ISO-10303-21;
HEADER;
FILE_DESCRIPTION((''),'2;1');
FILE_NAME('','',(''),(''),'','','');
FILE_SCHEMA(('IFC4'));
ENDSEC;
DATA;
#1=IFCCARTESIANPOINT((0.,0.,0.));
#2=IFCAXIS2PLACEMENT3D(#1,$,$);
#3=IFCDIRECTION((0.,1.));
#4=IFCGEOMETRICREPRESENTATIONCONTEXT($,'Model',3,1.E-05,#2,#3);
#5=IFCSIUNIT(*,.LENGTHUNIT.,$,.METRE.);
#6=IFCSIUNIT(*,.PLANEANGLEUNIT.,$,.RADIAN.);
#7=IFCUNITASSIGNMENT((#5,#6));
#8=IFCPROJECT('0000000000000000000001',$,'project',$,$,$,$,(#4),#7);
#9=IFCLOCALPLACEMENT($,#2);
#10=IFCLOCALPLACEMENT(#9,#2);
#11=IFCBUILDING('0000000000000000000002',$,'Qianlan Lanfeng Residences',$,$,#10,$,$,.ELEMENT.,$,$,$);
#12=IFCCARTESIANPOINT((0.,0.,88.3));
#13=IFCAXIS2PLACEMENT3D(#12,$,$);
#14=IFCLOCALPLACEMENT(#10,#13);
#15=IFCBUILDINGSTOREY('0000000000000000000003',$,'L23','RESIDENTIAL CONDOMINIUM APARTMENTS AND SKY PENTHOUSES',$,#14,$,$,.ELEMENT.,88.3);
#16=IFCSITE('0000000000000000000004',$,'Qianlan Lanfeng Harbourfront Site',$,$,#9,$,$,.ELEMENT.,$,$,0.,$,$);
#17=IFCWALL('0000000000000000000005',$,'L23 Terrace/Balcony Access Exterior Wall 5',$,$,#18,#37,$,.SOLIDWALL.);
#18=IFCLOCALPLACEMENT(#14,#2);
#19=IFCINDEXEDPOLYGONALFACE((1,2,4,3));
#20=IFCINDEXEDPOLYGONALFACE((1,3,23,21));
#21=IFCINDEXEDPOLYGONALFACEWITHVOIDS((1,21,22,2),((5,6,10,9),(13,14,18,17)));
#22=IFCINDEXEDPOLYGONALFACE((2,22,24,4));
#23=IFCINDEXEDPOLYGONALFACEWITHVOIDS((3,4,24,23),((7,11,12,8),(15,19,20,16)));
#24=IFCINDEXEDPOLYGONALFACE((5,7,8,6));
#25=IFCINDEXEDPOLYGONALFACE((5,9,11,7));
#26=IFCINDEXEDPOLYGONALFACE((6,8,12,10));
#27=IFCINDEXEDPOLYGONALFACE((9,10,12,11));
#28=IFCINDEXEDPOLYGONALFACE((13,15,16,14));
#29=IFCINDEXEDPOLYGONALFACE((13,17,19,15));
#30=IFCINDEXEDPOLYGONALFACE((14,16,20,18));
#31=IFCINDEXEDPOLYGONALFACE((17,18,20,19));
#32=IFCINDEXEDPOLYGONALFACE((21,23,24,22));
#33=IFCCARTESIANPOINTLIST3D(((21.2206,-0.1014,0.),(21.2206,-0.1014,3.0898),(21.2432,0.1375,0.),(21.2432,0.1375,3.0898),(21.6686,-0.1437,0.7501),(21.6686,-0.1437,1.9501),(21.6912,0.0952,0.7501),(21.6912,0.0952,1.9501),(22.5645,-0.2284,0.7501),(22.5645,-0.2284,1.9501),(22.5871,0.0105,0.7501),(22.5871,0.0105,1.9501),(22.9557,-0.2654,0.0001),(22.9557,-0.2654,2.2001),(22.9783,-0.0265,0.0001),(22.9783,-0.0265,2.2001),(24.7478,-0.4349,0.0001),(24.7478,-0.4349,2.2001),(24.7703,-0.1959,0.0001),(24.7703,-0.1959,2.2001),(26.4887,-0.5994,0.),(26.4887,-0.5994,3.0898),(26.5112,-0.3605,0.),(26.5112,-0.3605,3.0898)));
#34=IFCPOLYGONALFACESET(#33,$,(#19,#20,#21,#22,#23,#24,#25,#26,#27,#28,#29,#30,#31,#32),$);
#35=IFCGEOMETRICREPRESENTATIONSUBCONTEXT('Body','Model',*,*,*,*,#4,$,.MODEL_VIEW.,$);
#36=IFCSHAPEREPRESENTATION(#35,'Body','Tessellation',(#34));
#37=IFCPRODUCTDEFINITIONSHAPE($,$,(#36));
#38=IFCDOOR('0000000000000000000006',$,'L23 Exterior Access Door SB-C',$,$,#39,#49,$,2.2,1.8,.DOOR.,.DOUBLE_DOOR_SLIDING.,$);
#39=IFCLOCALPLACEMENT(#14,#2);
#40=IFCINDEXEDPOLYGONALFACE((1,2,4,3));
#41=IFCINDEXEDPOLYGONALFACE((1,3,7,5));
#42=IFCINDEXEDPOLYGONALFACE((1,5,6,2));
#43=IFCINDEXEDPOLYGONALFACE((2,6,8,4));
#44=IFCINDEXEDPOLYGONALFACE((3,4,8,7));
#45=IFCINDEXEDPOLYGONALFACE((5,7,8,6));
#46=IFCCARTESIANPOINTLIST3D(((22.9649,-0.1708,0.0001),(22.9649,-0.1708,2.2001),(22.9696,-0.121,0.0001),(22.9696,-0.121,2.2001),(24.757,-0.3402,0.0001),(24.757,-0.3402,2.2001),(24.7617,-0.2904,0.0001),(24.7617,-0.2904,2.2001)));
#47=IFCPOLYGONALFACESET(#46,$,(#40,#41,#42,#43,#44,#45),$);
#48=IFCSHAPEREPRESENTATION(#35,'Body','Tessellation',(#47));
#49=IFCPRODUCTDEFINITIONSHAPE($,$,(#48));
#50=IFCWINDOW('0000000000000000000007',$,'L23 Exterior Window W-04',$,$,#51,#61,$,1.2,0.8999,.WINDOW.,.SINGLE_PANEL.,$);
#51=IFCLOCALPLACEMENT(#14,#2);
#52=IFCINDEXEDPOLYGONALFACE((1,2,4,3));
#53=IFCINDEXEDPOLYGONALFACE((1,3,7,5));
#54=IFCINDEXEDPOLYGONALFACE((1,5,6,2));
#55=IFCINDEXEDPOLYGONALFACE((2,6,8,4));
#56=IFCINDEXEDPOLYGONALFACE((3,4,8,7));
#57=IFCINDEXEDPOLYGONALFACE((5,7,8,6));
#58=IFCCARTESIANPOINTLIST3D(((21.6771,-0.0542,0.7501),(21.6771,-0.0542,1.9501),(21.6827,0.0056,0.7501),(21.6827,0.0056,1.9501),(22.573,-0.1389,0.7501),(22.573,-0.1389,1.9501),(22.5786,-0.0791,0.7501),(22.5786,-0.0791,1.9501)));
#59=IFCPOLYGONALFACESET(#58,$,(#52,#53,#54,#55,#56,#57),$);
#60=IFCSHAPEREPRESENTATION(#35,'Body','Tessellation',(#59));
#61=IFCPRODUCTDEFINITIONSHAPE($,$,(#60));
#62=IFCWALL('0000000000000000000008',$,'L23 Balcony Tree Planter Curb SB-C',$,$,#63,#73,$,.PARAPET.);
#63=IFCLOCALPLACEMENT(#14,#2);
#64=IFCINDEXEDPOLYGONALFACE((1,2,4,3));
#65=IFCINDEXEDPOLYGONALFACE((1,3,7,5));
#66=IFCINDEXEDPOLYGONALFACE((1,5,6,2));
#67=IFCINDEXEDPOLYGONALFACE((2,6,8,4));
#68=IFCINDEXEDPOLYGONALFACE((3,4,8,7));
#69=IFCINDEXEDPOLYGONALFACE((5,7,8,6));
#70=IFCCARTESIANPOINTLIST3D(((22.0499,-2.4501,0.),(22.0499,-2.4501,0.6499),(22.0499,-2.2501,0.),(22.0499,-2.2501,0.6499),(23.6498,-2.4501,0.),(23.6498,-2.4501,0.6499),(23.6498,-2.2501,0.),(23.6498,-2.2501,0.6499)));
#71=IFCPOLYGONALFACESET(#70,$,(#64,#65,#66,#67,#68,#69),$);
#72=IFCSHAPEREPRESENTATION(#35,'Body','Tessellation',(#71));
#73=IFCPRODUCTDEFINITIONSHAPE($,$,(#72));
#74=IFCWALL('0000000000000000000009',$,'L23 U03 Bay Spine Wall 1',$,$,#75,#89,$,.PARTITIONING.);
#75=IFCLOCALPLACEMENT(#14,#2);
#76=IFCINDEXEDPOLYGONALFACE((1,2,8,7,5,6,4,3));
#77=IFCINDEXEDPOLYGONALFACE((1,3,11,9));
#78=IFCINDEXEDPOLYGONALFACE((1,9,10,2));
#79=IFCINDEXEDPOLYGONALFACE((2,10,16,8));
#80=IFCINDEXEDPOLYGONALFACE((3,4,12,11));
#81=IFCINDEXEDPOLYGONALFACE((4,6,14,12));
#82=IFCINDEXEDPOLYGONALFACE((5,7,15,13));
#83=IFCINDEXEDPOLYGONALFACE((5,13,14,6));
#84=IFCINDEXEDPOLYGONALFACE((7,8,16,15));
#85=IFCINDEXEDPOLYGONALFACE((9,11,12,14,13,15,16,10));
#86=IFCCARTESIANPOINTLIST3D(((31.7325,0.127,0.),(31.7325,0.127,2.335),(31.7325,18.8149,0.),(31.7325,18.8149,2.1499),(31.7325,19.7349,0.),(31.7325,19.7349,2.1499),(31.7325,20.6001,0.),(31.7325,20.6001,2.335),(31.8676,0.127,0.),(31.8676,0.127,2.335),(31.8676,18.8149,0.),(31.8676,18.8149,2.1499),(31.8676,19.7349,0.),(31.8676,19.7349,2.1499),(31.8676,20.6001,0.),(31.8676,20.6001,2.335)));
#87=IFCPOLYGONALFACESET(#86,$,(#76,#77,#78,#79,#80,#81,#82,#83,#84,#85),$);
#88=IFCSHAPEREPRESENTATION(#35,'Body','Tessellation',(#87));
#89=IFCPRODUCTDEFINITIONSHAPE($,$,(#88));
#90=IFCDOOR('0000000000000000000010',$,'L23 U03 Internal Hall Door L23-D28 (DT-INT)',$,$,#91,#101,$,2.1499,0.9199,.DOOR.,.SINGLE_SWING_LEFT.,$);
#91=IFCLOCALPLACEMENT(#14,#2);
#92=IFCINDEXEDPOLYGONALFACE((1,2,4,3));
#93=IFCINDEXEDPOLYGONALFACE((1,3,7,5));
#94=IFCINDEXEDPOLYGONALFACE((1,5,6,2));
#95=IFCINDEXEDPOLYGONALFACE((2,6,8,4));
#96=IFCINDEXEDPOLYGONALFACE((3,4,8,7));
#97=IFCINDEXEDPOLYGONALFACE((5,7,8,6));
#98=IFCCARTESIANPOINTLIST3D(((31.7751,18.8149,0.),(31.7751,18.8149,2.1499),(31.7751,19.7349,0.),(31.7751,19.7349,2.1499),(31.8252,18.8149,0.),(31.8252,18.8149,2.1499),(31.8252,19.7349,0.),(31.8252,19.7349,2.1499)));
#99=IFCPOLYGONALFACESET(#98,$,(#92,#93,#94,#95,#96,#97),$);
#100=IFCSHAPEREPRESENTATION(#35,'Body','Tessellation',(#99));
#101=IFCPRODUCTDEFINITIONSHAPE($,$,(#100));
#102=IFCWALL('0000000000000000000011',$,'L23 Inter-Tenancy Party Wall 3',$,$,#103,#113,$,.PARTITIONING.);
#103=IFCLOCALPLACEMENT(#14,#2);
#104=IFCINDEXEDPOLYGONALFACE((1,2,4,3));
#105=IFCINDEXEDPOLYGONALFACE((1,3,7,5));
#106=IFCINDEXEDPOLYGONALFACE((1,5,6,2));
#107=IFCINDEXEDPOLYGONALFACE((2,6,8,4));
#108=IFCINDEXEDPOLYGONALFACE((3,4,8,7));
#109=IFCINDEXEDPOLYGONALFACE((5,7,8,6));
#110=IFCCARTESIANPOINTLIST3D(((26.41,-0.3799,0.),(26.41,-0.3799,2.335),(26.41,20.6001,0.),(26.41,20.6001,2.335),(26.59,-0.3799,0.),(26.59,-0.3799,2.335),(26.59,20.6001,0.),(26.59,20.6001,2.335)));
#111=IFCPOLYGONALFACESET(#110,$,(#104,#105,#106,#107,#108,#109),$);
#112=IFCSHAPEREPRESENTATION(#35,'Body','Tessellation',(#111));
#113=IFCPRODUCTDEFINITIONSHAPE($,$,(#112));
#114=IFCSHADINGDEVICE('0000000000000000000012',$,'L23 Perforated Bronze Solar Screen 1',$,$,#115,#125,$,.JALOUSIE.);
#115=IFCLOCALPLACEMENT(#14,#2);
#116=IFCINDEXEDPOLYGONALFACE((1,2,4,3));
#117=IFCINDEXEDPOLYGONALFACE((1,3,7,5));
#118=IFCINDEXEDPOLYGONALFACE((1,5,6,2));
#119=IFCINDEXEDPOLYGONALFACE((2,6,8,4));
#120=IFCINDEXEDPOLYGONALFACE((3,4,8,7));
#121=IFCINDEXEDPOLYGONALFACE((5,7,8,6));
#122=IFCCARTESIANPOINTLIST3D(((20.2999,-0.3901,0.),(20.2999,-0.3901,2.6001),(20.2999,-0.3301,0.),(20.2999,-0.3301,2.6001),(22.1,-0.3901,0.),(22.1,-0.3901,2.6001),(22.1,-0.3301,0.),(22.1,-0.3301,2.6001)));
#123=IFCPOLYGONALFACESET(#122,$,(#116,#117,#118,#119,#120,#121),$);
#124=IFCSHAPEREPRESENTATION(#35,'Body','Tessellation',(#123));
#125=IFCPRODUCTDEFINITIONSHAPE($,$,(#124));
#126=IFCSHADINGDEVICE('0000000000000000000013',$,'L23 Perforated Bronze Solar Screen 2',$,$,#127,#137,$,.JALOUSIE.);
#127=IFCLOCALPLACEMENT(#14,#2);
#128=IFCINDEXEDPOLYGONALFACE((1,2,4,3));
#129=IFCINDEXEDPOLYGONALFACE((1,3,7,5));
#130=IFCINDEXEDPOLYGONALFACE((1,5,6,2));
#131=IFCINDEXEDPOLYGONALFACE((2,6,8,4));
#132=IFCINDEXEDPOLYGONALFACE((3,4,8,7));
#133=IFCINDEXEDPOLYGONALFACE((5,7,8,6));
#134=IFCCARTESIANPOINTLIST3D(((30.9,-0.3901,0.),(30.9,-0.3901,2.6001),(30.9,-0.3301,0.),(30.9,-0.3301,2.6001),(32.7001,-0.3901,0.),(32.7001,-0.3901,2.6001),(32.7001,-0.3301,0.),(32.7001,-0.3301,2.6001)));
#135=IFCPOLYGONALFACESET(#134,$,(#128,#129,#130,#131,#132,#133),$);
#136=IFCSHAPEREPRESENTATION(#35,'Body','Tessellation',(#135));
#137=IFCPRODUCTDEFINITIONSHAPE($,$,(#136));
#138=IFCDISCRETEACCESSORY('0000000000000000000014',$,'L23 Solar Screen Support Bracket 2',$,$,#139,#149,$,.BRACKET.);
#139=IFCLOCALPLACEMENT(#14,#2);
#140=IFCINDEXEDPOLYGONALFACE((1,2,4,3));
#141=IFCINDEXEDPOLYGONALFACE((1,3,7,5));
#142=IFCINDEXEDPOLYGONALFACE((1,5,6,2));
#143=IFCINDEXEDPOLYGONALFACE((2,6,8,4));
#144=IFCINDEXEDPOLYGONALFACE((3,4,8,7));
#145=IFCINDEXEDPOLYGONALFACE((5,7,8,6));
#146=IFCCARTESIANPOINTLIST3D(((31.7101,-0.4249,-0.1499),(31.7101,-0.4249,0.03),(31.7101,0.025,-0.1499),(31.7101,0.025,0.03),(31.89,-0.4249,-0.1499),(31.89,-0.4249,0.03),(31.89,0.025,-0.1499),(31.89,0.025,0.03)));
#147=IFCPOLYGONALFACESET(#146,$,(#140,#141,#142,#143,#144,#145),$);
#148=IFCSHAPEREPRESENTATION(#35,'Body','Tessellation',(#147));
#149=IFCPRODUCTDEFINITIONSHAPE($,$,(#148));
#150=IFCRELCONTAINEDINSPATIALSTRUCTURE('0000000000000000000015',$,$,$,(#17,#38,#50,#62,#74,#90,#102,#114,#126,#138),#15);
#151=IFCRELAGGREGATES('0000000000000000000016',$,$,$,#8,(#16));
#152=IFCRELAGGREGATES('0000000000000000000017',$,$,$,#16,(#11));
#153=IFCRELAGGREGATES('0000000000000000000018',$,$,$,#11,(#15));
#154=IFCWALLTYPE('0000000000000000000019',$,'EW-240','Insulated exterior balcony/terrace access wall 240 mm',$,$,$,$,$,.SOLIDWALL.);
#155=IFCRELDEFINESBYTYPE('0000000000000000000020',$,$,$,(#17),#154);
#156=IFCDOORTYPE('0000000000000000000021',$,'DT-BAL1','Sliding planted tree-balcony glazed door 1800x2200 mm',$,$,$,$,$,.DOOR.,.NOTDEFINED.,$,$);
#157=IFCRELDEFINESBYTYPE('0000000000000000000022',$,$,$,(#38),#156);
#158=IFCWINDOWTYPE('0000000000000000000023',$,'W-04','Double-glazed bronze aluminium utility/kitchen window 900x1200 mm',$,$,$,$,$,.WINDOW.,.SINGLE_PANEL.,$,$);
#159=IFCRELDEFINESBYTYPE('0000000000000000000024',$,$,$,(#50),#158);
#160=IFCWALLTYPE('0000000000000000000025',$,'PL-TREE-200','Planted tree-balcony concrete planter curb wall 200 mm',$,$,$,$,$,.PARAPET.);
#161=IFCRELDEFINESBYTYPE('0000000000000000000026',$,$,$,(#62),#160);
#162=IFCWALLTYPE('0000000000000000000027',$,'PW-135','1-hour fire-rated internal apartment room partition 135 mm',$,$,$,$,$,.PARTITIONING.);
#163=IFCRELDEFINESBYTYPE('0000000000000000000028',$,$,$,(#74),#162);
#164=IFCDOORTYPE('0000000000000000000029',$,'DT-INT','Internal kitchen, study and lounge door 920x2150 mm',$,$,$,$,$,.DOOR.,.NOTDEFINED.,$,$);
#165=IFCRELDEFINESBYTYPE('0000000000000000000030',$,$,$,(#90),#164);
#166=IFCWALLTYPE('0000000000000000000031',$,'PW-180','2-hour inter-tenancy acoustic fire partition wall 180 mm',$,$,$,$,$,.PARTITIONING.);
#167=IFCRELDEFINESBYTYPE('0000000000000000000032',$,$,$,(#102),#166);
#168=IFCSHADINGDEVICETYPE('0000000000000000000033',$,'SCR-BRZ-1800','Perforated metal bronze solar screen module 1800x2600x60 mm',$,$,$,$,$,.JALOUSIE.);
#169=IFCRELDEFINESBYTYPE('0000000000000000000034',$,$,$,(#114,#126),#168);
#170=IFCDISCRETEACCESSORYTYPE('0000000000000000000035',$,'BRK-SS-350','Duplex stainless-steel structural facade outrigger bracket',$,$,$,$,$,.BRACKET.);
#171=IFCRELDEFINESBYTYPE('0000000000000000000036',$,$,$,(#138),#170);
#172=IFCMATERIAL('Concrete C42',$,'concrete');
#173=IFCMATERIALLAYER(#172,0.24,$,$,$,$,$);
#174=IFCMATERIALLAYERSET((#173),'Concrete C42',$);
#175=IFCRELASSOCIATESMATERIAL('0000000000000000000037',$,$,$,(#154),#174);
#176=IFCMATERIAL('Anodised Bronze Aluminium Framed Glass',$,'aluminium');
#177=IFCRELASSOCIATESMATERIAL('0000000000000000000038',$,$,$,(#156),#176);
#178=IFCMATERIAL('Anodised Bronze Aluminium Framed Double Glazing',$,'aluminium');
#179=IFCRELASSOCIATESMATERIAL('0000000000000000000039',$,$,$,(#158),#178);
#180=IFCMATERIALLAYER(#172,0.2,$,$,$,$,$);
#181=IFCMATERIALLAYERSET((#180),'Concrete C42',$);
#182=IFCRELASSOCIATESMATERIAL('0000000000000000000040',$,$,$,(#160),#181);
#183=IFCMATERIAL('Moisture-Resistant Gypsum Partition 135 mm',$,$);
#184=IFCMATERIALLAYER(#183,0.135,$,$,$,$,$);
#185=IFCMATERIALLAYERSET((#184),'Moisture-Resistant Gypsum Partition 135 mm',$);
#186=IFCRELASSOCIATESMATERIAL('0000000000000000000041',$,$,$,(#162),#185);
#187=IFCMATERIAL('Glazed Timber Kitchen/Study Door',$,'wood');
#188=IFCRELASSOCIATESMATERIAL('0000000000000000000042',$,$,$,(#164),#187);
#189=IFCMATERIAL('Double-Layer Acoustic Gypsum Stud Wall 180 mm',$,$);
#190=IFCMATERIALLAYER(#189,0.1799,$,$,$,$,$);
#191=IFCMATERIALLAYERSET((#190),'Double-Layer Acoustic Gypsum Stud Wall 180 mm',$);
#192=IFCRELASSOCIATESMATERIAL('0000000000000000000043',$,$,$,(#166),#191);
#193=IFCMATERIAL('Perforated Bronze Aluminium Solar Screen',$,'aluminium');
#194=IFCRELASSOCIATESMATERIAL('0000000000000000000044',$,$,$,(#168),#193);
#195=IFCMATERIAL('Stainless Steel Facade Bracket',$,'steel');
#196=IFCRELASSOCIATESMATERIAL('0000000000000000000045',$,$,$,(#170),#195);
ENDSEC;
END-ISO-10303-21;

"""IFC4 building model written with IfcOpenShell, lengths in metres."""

from ifc_helpers import new_model, si_unit, direction, frame, frame_2d, origin, origin_2d, place, context, subcontext, project, spatial, rectangle, extrude, source, transform, mapped, material, layer, layer_set, type_object, element, fill, save


model = new_model("IFC4")

# Units and contexts
model_context = context("Model", 3, precision=1e-05, world=origin(), true_north=direction((0.0, 1.0)))
body_context = subcontext(model_context, "Body", "Model", "MODEL_VIEW")
ifc_project = project(units=[si_unit("LENGTHUNIT", "METRE"), si_unit("PLANEANGLEUNIT", "RADIAN")], contexts=[model_context])

# Site, building, storey
site_placement = place(None, origin())
site = spatial("IfcSite", under=ifc_project, at=site_placement, Name="Qianlan Lanfeng Harbourfront Site", CompositionType="ELEMENT", RefElevation=0.0)
building_placement = place(site_placement, origin())
building = spatial("IfcBuilding", under=site, at=building_placement, Name="Qianlan Lanfeng Residences", CompositionType="ELEMENT")
storey_placement = place(building_placement, frame((0.0, 0.0, 88.3)))
storey = spatial("IfcBuildingStorey", under=building, at=storey_placement, Name="L23", Description="RESIDENTIAL CONDOMINIUM APARTMENTS AND SKY PENTHOUSES", CompositionType="ELEMENT", Elevation=88.3)

# Wall, openings, door, window
ifc_material_1 = material(Name="Concrete C42", Category="concrete")
ifc_layer_1 = layer(ifc_material_1, 0.24)
ifc_layer_set_1 = layer_set([ifc_layer_1], Name="Concrete C42")
wall_type_1 = type_object("IfcWallType", Name="EW-240", Description="Insulated exterior balcony/terrace access wall 240 mm", PredefinedType="SOLIDWALL", material=ifc_layer_set_1)
wall_1_placement = place(storey_placement, frame((21.2319, 0.0181, 0.0), z_axis=(0.0, 0.0, 1.0), x_axis=(0.995561, -0.094121, 0.0)))
wall_1 = element("IfcWall", 1, at=wall_1_placement, inside=storey, type_object=wall_type_1, Name="L23 Terrace/Balcony Access Exterior Wall 5", PredefinedType="SOLIDWALL", context=body_context, shape_type="SweptSolid", body=[
    extrude(rectangle(XDim=5.2915, YDim=0.24, at=frame_2d((2.6458, 0.0))), origin(), (0.0, 0.0, 1.0), 3.0898),
])
opening_1_placement = place(wall_1_placement, frame((1.7429, 0.0, 0.0)))
opening_1 = element("IfcOpeningElement", 2, at=opening_1_placement, cuts=wall_1, PredefinedType="OPENING", context=body_context, shape_type="SweptSolid", body=[
    extrude(rectangle(XDim=1.8, YDim=2.2, at=frame_2d((0.8999, 1.1001))), frame((0.0, 0.1299, 0.0), z_axis=(0.0, -1.0, 0.0), x_axis=(1.0, 0.0, 0.0)), (0.0, 0.0, 1.0), 0.26),
])
opening_2_placement = place(wall_1_placement, frame((0.45, 0.0, 0.75)))
opening_2 = element("IfcOpeningElement", 3, at=opening_2_placement, cuts=wall_1, PredefinedType="OPENING", context=body_context, shape_type="SweptSolid", body=[
    extrude(rectangle(XDim=0.8999, YDim=1.2, at=frame_2d((0.45, 0.6001))), frame((0.0, 0.1299, 0.0), z_axis=(0.0, -1.0, 0.0), x_axis=(1.0, 0.0, 0.0)), (0.0, 0.0, 1.0), 0.26),
])
ifc_material_2 = material(Name="Anodised Bronze Aluminium Framed Glass", Category="aluminium")
door_type_1 = type_object("IfcDoorType", Name="DT-BAL1", Description="Sliding planted tree-balcony glazed door 1800x2200 mm", OperationType="NOTDEFINED", PredefinedType="DOOR", material=ifc_material_2)
door_1_placement = place(opening_1_placement, frame((1.8, 0.0, 0.0), z_axis=(0.0, 0.0, 1.0), x_axis=(-1.0, 0.0, 0.0)))
door_1 = element("IfcDoor", 4, at=door_1_placement, inside=storey, type_object=door_type_1, Name="L23 Exterior Access Door SB-C", OperationType="DOUBLE_DOOR_SLIDING", OverallHeight=2.2, OverallWidth=1.8, PredefinedType="DOOR", context=body_context, shape_type="SweptSolid", body=[
    extrude(rectangle(XDim=1.8, YDim=2.2, at=frame_2d((0.8999, 1.1001))), frame((0.0, 0.0249, 0.0), z_axis=(0.0, -1.0, 0.0), x_axis=(1.0, 0.0, 0.0)), (0.0, 0.0, 1.0), 0.05),
])
fill(opening_1, door_1)
ifc_material_3 = material(Name="Anodised Bronze Aluminium Framed Double Glazing", Category="aluminium")
window_type = type_object("IfcWindowType", Name="W-04", Description="Double-glazed bronze aluminium utility/kitchen window 900x1200 mm", PartitioningType="SINGLE_PANEL", PredefinedType="WINDOW", material=ifc_material_3)
window_placement = place(opening_2_placement, origin())
window = element("IfcWindow", 5, at=window_placement, inside=storey, type_object=window_type, Name="L23 Exterior Window W-04", OverallHeight=1.2, OverallWidth=0.8999, PartitioningType="SINGLE_PANEL", PredefinedType="WINDOW", context=body_context, shape_type="SweptSolid", body=[
    extrude(rectangle(XDim=0.8999, YDim=1.2, at=frame_2d((0.45, 0.6001))), frame((0.0, 0.03, 0.0), z_axis=(0.0, -1.0, 0.0), x_axis=(1.0, 0.0, 0.0)), (0.0, 0.0, 1.0), 0.0601),
])
fill(opening_2, window)

# Wall
ifc_layer_2 = layer(ifc_material_1, 0.2)
ifc_layer_set_2 = layer_set([ifc_layer_2], Name="Concrete C42")
wall_type_2 = type_object("IfcWallType", Name="PL-TREE-200", Description="Planted tree-balcony concrete planter curb wall 200 mm", PredefinedType="PARAPET", material=ifc_layer_set_2)
wall_2_placement = place(storey_placement, frame((22.05, -2.3501, 0.0), z_axis=(0.0, 0.0, 1.0), x_axis=(1.0, 0.0, 0.0)))
element("IfcWall", 6, at=wall_2_placement, inside=storey, type_object=wall_type_2, Name="L23 Balcony Tree Planter Curb SB-C", PredefinedType="PARAPET", context=body_context, shape_type="SweptSolid", body=[
    extrude(rectangle(XDim=1.5999, YDim=0.2, at=frame_2d((0.7998, 0.0))), origin(), (0.0, 0.0, 1.0), 0.6499),
])

# Wall, opening, door
ifc_material_4 = material(Name="Moisture-Resistant Gypsum Partition 135 mm")
ifc_layer_3 = layer(ifc_material_4, 0.135)
ifc_layer_set_3 = layer_set([ifc_layer_3], Name="Moisture-Resistant Gypsum Partition 135 mm")
wall_type_3 = type_object("IfcWallType", Name="PW-135", Description="1-hour fire-rated internal apartment room partition 135 mm", PredefinedType="PARTITIONING", material=ifc_layer_set_3)
wall_3_placement = place(storey_placement, frame((31.8, 0.127, 0.0), z_axis=(0.0, 0.0, 1.0), x_axis=(0.0, 1.0, 0.0)))
wall_3 = element("IfcWall", 7, at=wall_3_placement, inside=storey, type_object=wall_type_3, Name="L23 U03 Bay Spine Wall 1", PredefinedType="PARTITIONING", context=body_context, shape_type="SweptSolid", body=[
    extrude(rectangle(XDim=20.4731, YDim=0.135, at=frame_2d((10.2366, 0.0))), origin(), (0.0, 0.0, 1.0), 2.335),
])
opening_3_placement = place(wall_3_placement, frame((18.688, 0.0, 0.0)))
opening_3 = element("IfcOpeningElement", 8, at=opening_3_placement, cuts=wall_3, PredefinedType="OPENING", context=body_context, shape_type="SweptSolid", body=[
    extrude(rectangle(XDim=0.9199, YDim=2.1499, at=frame_2d((0.46, 1.075))), frame((0.0, 0.0776, 0.0), z_axis=(0.0, -1.0, 0.0), x_axis=(1.0, 0.0, 0.0)), (0.0, 0.0, 1.0), 0.155),
])
ifc_material_5 = material(Name="Glazed Timber Kitchen/Study Door", Category="wood")
door_type_2 = type_object("IfcDoorType", Name="DT-INT", Description="Internal kitchen, study and lounge door 920x2150 mm", OperationType="NOTDEFINED", PredefinedType="DOOR", material=ifc_material_5)
door_2_placement = place(opening_3_placement, origin())
door_2 = element("IfcDoor", 9, at=door_2_placement, inside=storey, type_object=door_type_2, Name="L23 U03 Internal Hall Door L23-D28 (DT-INT)", OperationType="SINGLE_SWING_LEFT", OverallHeight=2.1499, OverallWidth=0.9199, PredefinedType="DOOR", context=body_context, shape_type="SweptSolid", body=[
    extrude(rectangle(XDim=0.9199, YDim=2.1499, at=frame_2d((0.46, 1.075))), frame((0.0, 0.0249, 0.0), z_axis=(0.0, -1.0, 0.0), x_axis=(1.0, 0.0, 0.0)), (0.0, 0.0, 1.0), 0.05),
])
fill(opening_3, door_2)

# Wall
ifc_material_6 = material(Name="Double-Layer Acoustic Gypsum Stud Wall 180 mm")
ifc_layer_4 = layer(ifc_material_6, 0.1799)
ifc_layer_set_4 = layer_set([ifc_layer_4], Name="Double-Layer Acoustic Gypsum Stud Wall 180 mm")
wall_type_4 = type_object("IfcWallType", Name="PW-180", Description="2-hour inter-tenancy acoustic fire partition wall 180 mm", PredefinedType="PARTITIONING", material=ifc_layer_set_4)
wall_4_placement = place(storey_placement, frame((26.5, -0.3799, 0.0), z_axis=(0.0, 0.0, 1.0), x_axis=(0.0, 1.0, 0.0)))
element("IfcWall", 10, at=wall_4_placement, inside=storey, type_object=wall_type_4, Name="L23 Inter-Tenancy Party Wall 3", PredefinedType="PARTITIONING", context=body_context, shape_type="SweptSolid", body=[
    extrude(rectangle(XDim=20.98, YDim=0.1799, at=frame_2d((10.49, 0.0))), origin(), (0.0, 0.0, 1.0), 2.335),
])

# Shading devices
ifc_material_7 = material(Name="Perforated Bronze Aluminium Solar Screen", Category="aluminium")
shading_device_type = type_object("IfcShadingDeviceType", Name="SCR-BRZ-1800", Description="Perforated metal bronze solar screen module 1800x2600x60 mm", PredefinedType="JALOUSIE", material=ifc_material_7)
shared_shape_1 = source(origin(), body_context, "Body", "SweptSolid", [
    extrude(rectangle(XDim=1.8, YDim=0.0601, at=origin_2d()), origin(), (0.0, 0.0, 1.0), 2.6001),
])
for number, where, z_axis, x_axis, name in (
    (11, (21.2, -0.3601, 0.0), (0.0, 0.0, 1.0), (1.0, 0.0, 0.0), "L23 Perforated Bronze Solar Screen 1"),
    (12, (31.8, -0.3601, 0.0), (0.0, 0.0, 1.0), (1.0, 0.0, 0.0), "L23 Perforated Bronze Solar Screen 2"),
):
    element("IfcShadingDevice", number, at=place(storey_placement, frame(where, z_axis=z_axis, x_axis=x_axis)), inside=storey, type_object=shading_device_type, Name=name, PredefinedType="JALOUSIE", context=body_context, shape_type="MappedRepresentation", body=[
        mapped(shared_shape_1, transform((0.0, 0.0, 0.0), scale=1.0)),
    ])

# Discrete accessory
ifc_material_8 = material(Name="Stainless Steel Facade Bracket", Category="steel")
discrete_accessory_type = type_object("IfcDiscreteAccessoryType", Name="BRK-SS-350", Description="Duplex stainless-steel structural facade outrigger bracket", PredefinedType="BRACKET", material=ifc_material_8)
shared_shape_2 = source(origin(), body_context, "Body", "SweptSolid", [
    extrude(rectangle(XDim=0.1799, YDim=0.45, at=origin_2d()), origin(), (0.0, 0.0, 1.0), 0.1799),
])
discrete_accessory_placement = place(storey_placement, frame((31.8, -0.2, -0.1499), z_axis=(0.0, 0.0, 1.0), x_axis=(1.0, 0.0, 0.0)))
element("IfcDiscreteAccessory", 13, at=discrete_accessory_placement, inside=storey, type_object=discrete_accessory_type, Name="L23 Solar Screen Support Bracket 2", PredefinedType="BRACKET", context=body_context, shape_type="MappedRepresentation", body=[
    mapped(shared_shape_2, transform((0.0, 0.0, 0.0), scale=1.0)),
])

save(model, "model.ifc")
